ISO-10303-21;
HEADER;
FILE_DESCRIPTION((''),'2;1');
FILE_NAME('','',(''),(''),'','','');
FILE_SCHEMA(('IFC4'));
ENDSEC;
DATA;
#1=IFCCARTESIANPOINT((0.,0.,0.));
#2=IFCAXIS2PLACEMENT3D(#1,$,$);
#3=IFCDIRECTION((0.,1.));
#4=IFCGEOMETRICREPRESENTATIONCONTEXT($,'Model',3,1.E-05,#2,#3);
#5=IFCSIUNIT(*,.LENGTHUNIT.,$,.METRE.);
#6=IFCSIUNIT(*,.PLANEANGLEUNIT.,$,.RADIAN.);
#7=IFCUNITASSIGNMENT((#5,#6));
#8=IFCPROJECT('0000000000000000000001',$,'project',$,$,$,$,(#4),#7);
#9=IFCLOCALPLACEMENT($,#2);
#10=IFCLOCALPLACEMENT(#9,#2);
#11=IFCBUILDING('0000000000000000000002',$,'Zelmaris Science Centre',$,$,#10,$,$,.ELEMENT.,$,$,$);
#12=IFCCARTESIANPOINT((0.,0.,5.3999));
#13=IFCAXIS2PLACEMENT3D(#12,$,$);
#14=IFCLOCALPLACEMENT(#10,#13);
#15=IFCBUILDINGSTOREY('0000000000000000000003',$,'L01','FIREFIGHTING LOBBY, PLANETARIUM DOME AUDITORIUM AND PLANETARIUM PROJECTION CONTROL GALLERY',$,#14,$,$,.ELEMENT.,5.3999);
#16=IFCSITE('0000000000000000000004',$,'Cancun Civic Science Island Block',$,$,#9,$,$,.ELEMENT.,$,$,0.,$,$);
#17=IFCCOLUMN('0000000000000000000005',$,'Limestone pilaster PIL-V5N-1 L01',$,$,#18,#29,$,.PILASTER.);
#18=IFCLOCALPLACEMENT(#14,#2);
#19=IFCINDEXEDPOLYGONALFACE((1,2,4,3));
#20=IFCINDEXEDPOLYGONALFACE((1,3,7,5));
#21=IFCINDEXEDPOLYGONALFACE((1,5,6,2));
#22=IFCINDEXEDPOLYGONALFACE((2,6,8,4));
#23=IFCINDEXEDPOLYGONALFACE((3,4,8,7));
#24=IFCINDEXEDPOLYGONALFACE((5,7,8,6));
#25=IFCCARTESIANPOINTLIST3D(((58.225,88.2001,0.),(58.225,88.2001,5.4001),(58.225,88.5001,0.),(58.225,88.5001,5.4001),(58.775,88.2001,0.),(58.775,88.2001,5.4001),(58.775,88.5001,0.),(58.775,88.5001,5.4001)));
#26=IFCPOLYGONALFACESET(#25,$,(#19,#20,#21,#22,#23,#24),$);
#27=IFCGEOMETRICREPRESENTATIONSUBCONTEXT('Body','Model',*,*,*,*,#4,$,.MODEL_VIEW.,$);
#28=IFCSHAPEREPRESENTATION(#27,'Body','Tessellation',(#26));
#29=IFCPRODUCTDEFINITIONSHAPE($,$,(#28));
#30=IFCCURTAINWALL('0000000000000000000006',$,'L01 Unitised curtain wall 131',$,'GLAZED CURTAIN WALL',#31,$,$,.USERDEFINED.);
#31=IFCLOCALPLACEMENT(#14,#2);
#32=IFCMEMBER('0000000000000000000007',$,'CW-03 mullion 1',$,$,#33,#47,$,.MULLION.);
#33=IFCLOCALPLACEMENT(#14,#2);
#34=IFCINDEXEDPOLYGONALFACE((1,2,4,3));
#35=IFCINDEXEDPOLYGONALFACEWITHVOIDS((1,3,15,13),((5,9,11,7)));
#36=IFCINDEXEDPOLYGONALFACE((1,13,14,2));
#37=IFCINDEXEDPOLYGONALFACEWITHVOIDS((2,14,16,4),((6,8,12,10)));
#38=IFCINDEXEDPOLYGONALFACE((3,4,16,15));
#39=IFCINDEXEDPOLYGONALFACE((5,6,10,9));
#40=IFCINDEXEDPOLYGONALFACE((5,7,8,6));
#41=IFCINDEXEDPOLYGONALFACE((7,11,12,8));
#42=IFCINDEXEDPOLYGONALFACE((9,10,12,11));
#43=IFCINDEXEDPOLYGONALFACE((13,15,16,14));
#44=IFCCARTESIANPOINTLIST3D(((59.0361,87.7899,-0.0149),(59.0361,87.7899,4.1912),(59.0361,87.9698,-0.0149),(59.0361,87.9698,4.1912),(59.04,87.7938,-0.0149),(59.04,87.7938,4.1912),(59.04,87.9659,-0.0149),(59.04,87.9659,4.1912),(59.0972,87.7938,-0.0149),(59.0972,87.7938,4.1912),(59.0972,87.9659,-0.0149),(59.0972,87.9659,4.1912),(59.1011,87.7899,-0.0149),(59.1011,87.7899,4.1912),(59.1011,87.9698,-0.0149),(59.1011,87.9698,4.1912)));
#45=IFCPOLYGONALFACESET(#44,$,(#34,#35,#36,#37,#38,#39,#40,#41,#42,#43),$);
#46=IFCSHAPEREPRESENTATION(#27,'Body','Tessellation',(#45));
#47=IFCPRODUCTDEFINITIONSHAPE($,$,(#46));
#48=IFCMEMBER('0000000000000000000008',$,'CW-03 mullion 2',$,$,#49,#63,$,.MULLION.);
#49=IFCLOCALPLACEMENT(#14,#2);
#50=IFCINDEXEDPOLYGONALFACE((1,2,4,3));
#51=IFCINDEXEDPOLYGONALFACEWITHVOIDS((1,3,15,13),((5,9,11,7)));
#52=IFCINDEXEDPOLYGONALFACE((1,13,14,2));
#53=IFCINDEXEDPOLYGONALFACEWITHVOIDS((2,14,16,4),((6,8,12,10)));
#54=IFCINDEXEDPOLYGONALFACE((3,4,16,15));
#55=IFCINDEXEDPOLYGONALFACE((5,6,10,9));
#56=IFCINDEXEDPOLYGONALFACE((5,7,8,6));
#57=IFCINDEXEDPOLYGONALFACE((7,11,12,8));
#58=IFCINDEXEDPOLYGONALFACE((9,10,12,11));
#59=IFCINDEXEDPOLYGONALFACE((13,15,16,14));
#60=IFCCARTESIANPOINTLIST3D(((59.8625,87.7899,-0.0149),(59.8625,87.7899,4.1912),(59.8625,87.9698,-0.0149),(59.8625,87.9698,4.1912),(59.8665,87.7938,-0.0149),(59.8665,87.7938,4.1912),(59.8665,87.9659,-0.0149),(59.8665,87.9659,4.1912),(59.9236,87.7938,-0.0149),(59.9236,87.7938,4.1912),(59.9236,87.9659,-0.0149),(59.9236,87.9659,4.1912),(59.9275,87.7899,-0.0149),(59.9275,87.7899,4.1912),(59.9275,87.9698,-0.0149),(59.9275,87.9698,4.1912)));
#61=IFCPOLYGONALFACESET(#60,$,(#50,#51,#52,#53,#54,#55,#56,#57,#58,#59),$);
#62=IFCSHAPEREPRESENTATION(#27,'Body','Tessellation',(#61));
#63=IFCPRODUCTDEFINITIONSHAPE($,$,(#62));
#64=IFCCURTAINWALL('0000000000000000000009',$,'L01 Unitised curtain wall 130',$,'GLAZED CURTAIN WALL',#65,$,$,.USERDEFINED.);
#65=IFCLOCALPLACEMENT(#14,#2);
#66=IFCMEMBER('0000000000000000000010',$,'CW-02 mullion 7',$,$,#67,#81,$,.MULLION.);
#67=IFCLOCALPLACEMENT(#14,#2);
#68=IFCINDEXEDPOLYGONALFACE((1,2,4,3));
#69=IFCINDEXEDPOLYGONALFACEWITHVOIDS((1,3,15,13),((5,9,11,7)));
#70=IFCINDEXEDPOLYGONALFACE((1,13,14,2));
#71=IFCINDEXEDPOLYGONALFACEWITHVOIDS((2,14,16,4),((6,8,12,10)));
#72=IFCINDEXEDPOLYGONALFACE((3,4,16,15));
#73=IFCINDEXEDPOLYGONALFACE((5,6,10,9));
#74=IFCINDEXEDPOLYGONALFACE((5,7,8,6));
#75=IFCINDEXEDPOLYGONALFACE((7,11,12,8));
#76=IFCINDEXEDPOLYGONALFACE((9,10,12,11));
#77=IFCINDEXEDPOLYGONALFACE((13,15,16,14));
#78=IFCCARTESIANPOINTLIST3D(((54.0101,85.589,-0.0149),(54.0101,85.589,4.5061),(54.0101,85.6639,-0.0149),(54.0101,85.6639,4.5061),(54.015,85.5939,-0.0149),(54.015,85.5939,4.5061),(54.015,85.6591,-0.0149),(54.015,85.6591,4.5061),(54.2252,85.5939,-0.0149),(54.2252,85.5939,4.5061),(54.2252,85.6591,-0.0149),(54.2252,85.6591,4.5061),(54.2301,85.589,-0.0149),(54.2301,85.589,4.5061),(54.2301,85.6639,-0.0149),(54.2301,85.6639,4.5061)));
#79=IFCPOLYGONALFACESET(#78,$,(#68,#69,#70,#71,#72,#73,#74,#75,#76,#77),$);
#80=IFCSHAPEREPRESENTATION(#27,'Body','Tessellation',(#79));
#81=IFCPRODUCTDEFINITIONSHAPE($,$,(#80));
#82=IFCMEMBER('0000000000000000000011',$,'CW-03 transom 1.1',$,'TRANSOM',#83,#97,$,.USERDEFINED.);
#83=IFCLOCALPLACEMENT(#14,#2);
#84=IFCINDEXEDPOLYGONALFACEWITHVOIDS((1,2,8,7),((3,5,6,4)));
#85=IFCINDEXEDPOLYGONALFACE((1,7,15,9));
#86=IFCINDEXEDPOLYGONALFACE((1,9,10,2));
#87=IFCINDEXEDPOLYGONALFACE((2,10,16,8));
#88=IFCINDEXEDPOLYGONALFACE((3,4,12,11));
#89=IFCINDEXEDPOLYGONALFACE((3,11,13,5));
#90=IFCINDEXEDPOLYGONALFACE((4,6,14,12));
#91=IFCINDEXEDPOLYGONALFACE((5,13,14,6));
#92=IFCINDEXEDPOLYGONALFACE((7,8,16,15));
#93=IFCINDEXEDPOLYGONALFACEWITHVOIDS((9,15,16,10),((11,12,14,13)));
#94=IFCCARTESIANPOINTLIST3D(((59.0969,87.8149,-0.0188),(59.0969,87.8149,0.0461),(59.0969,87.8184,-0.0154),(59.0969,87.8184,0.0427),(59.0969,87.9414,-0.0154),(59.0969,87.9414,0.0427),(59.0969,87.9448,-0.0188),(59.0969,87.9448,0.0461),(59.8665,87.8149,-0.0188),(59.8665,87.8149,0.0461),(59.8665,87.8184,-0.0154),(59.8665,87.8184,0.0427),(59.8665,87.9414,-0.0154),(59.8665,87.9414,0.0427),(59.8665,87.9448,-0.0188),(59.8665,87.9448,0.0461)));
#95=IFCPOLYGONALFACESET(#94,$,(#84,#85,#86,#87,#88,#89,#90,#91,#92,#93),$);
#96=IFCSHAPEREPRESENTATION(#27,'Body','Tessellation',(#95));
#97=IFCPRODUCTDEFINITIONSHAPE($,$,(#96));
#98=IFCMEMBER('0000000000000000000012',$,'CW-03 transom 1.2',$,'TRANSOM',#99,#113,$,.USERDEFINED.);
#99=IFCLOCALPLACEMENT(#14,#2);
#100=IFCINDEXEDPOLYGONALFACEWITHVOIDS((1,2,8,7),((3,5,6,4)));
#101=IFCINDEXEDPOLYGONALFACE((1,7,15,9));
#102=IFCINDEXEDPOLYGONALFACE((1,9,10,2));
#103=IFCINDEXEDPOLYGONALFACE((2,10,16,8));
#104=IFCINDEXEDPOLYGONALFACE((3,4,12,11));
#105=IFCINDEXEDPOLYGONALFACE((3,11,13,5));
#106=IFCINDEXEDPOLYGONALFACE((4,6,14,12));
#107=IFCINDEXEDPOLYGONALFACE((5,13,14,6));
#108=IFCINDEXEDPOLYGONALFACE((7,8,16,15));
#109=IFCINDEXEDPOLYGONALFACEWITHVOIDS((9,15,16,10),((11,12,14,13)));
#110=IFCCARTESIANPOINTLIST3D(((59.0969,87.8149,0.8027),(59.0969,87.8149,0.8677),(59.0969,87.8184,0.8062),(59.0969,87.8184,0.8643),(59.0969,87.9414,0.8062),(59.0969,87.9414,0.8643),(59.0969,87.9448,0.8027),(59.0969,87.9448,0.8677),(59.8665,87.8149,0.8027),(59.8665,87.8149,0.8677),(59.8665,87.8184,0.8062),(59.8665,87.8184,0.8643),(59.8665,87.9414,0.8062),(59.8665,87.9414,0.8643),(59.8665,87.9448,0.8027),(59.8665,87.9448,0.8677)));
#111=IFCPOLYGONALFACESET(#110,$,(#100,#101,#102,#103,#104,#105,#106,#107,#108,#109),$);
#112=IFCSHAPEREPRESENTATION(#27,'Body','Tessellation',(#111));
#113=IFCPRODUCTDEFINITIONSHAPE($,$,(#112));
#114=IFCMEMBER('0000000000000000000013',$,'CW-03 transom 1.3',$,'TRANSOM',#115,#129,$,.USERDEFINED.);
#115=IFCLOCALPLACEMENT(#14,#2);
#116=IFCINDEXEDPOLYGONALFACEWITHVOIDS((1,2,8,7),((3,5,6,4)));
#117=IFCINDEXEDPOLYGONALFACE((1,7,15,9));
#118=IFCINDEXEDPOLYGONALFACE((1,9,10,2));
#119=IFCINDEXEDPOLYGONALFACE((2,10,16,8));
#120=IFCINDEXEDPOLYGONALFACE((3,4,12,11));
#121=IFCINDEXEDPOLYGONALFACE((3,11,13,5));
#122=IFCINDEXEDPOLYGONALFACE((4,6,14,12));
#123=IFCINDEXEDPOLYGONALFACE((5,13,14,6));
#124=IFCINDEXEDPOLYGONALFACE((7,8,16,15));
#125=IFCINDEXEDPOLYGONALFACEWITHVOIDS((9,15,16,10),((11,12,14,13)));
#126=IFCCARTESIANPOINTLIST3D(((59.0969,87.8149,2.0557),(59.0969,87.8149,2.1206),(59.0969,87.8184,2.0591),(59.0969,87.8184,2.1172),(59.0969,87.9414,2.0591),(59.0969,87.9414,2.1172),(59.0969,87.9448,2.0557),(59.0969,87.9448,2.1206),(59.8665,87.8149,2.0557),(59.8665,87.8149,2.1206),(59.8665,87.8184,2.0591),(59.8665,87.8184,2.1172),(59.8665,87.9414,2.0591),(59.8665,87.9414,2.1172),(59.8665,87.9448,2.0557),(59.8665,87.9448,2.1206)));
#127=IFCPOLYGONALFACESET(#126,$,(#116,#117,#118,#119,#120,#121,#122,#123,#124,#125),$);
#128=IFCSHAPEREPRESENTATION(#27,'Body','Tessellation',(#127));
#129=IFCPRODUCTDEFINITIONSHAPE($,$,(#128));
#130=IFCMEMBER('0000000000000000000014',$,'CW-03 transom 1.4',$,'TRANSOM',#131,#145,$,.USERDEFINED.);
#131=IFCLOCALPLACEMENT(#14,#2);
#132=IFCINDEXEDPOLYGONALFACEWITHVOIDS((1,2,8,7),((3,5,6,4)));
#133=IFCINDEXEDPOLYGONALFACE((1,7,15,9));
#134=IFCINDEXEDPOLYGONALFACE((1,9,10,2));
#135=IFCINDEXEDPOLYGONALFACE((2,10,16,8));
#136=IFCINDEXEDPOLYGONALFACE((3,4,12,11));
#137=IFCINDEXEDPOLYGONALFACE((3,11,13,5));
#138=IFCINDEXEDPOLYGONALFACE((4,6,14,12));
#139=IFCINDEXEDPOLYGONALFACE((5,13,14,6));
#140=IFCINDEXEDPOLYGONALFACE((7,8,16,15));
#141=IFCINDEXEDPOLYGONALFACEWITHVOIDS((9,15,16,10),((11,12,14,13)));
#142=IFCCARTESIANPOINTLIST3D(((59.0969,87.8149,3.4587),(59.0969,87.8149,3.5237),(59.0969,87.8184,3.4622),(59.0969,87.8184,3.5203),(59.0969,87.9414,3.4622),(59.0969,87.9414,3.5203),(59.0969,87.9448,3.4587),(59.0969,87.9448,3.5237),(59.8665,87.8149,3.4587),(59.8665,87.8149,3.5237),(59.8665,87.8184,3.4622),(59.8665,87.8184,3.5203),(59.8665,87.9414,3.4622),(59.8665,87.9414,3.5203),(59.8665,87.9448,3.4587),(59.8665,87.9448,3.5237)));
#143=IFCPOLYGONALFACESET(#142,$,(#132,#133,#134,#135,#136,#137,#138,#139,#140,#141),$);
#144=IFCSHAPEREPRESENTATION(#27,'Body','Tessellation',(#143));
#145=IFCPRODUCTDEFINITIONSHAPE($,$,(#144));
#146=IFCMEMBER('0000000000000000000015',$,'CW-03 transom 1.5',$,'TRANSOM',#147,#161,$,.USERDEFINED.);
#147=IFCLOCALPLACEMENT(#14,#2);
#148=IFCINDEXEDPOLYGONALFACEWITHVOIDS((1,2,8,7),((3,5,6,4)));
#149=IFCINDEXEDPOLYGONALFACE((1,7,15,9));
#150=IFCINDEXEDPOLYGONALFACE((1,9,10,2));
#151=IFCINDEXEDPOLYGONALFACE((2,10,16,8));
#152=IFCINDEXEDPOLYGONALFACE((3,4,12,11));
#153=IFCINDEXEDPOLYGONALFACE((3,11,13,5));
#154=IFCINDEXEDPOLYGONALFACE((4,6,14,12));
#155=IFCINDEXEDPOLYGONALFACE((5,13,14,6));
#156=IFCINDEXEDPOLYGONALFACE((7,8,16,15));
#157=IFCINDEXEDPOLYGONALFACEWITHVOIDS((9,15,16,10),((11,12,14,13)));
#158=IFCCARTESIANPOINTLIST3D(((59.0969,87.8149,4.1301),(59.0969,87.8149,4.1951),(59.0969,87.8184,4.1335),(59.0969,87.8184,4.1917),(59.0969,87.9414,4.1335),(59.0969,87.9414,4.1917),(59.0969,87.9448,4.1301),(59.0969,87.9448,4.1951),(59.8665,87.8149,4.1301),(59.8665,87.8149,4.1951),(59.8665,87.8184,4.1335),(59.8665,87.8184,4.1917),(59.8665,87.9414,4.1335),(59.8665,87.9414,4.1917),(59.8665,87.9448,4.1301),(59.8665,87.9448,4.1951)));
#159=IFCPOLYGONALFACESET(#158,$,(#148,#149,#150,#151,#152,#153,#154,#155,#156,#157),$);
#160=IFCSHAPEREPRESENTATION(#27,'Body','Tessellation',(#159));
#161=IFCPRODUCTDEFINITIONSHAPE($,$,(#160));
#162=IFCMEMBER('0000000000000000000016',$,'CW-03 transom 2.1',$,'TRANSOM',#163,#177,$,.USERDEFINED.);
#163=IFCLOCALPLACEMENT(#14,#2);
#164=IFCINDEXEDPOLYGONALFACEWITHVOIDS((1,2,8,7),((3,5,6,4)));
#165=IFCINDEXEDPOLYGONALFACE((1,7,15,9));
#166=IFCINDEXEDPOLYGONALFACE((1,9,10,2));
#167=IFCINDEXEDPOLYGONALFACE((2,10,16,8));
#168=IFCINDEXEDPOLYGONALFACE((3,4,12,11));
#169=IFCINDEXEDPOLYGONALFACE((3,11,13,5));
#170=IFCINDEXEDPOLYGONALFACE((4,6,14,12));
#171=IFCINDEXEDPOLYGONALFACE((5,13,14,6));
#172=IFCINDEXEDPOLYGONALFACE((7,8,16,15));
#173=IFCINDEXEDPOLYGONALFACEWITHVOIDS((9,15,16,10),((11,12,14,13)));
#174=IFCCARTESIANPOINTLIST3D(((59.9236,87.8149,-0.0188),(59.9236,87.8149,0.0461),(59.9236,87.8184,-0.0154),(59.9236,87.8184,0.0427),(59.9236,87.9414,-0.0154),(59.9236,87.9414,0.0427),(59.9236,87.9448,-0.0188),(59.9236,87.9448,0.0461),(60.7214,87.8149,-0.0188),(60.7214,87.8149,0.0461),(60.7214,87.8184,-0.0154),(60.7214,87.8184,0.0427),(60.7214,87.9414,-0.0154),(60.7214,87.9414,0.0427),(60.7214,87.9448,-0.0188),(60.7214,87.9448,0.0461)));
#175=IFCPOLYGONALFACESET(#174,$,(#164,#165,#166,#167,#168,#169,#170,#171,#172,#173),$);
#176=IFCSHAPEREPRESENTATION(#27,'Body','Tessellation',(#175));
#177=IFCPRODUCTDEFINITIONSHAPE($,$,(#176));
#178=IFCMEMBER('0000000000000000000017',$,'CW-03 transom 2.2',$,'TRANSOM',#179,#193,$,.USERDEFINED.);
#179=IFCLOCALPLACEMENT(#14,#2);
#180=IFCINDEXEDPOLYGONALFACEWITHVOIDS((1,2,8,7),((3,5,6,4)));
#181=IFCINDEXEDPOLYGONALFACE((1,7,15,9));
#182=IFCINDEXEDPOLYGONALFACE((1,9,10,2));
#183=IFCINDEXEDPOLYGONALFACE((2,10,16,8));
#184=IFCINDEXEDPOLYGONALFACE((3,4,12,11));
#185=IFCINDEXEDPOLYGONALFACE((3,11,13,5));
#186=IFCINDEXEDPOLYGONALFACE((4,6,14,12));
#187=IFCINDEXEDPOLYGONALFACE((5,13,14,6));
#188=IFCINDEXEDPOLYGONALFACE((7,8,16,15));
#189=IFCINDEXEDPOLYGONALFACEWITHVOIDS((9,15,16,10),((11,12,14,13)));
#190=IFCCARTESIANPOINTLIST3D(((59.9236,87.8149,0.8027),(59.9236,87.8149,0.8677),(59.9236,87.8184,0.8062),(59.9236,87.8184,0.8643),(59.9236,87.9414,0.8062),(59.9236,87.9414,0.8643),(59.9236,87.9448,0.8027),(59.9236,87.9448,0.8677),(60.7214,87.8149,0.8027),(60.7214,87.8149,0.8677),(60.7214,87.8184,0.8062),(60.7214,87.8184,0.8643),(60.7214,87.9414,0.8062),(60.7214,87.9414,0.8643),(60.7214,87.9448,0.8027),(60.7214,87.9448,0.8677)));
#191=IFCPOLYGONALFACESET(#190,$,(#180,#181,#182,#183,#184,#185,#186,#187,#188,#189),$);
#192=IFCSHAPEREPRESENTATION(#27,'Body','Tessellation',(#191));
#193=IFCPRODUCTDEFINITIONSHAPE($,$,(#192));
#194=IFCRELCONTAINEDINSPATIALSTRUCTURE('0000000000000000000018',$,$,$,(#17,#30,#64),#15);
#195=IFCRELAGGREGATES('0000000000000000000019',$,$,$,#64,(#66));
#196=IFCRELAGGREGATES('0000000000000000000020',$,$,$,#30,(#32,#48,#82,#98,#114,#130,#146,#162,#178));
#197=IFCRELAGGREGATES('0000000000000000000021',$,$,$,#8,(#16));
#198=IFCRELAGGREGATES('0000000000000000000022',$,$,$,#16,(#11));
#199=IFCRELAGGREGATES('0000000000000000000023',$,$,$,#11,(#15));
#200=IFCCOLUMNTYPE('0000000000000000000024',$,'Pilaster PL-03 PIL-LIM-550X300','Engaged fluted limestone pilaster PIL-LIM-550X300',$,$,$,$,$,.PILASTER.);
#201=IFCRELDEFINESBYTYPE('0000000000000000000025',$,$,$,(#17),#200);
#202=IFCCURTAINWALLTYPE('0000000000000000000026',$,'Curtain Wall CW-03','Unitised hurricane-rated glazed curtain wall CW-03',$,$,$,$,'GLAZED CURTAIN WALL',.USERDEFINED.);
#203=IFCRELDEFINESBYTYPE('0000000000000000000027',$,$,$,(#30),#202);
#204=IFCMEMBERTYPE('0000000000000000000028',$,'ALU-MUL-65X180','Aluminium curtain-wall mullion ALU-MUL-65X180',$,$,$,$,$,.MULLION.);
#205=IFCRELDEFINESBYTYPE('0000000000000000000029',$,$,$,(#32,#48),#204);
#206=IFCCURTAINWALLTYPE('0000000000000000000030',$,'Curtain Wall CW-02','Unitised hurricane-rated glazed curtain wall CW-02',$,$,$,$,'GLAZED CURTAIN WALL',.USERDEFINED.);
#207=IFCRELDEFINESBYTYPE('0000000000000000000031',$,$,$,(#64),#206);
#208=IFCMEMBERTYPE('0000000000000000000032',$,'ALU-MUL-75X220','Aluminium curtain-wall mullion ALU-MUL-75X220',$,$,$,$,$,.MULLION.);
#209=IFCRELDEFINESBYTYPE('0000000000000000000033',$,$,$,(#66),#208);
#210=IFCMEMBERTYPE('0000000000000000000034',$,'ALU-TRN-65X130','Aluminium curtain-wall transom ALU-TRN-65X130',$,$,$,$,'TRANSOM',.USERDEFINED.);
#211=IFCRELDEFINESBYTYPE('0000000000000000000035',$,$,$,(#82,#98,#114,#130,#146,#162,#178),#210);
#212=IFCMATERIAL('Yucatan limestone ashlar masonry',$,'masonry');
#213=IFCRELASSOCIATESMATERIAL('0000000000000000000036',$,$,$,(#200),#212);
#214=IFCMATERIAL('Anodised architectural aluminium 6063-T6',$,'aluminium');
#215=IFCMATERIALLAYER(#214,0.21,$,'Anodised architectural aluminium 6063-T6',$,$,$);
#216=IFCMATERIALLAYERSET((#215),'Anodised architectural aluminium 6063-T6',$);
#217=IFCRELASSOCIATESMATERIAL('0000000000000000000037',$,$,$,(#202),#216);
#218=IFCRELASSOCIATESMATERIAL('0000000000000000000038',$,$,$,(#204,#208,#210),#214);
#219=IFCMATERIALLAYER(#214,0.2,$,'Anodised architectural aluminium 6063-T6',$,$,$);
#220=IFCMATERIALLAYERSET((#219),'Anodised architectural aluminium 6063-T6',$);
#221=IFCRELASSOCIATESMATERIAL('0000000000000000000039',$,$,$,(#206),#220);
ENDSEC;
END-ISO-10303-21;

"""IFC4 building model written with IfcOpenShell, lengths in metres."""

from ifc_helpers import new_model, si_unit, direction, frame, origin, origin_2d, place, context, subcontext, project, spatial, rectangle, hollow_rectangle, extrude, material, layer, layer_set, material_profile, profile_set, type_object, element, aggregate, save


model = new_model("IFC4")

# Units and contexts
model_context = context("Model", 3, precision=1e-05, world=origin(), true_north=direction((0.0, 1.0)))
body_context = subcontext(model_context, "Body", "Model", "MODEL_VIEW")
ifc_project = project(units=[si_unit("LENGTHUNIT", "METRE"), si_unit("PLANEANGLEUNIT", "RADIAN")], contexts=[model_context])

# Site, building, storey
site_placement = place(None, origin())
site = spatial("IfcSite", under=ifc_project, at=site_placement, Name="Cancun Civic Science Island Block", CompositionType="ELEMENT", RefElevation=0.0)
building_placement = place(site_placement, origin())
building = spatial("IfcBuilding", under=site, at=building_placement, Name="Zelmaris Science Centre", CompositionType="ELEMENT")
storey_placement = place(building_placement, frame((0.0, 0.0, 5.3999)))
storey = spatial("IfcBuildingStorey", under=building, at=storey_placement, Name="L01", Description="FIREFIGHTING LOBBY, PLANETARIUM DOME AUDITORIUM AND PLANETARIUM PROJECTION CONTROL GALLERY", CompositionType="ELEMENT", Elevation=5.3999)

# Column
ifc_material_1 = material(Name="Yucatan limestone ashlar masonry", Category="masonry")
ifc_material_profile_1 = material_profile(ifc_material_1, rectangle(XDim=0.55, YDim=0.3, at=origin_2d()), Name="PIL-LIM-550X300")
ifc_profile_set_1 = profile_set([ifc_material_profile_1], Name="Yucatan limestone ashlar masonry")
column_type = type_object("IfcColumnType", Name="Pilaster PL-03 PIL-LIM-550X300", Description="Engaged fluted limestone pilaster PIL-LIM-550X300", PredefinedType="PILASTER", material=ifc_profile_set_1)
column_placement = place(storey_placement, frame((58.5, 88.3501, 0.0), z_axis=(0.0, 0.0, 1.0), x_axis=(1.0, 0.0, 0.0)))
element("IfcColumn", 1, at=column_placement, inside=storey, type_object=column_type, Name="Limestone pilaster PIL-V5N-1 L01", PredefinedType="PILASTER", context=body_context, shape_type="SweptSolid", body=[
    extrude(rectangle(XDim=0.55, YDim=0.3, at=origin_2d()), origin(), (0.0, 0.0, 1.0), 5.4001),
])

# Curtain wall, members
ifc_material_2 = material(Name="Anodised architectural aluminium 6063-T6", Category="aluminium")
ifc_layer_1 = layer(ifc_material_2, 0.21, Name="Anodised architectural aluminium 6063-T6")
ifc_layer_set_1 = layer_set([ifc_layer_1], Name="Anodised architectural aluminium 6063-T6")
curtain_wall_type_1 = type_object("IfcCurtainWallType", Name="Curtain Wall CW-03", Description="Unitised hurricane-rated glazed curtain wall CW-03", ElementType="GLAZED CURTAIN WALL", PredefinedType="USERDEFINED", material=ifc_layer_set_1)
curtain_wall_1_placement = place(storey_placement, origin())
curtain_wall_1 = element("IfcCurtainWall", 2, at=curtain_wall_1_placement, inside=storey, type_object=curtain_wall_type_1, Name="L01 Unitised curtain wall 131", ObjectType="GLAZED CURTAIN WALL", PredefinedType="USERDEFINED")
ifc_material_profile_2 = material_profile(ifc_material_2, hollow_rectangle(XDim=0.0649, YDim=0.1799, WallThickness=0.0039, at=origin_2d()), Name="ALU-MUL-65X180")
ifc_profile_set_2 = profile_set([ifc_material_profile_2], Name="Anodised architectural aluminium 6063-T6")
member_type_1 = type_object("IfcMemberType", Name="ALU-MUL-65X180", Description="Aluminium curtain-wall mullion ALU-MUL-65X180", PredefinedType="MULLION", material=ifc_profile_set_2)
member_1_placement = place(storey_placement, frame((59.0686, 87.8799, -0.0149), z_axis=(0.0, 0.0, 1.0), x_axis=(1.0, 0.0, 0.0)))
member_1 = element("IfcMember", 3, at=member_1_placement, type_object=member_type_1, Name="CW-03 mullion 1", PredefinedType="MULLION", context=body_context, shape_type="SweptSolid", body=[
    extrude(hollow_rectangle(XDim=0.0649, YDim=0.1799, WallThickness=0.0039, at=origin_2d()), origin(), (0.0, 0.0, 1.0), 4.2061),
])
member_2_placement = place(storey_placement, frame((59.895, 87.8799, -0.0149), z_axis=(0.0, 0.0, 1.0), x_axis=(1.0, 0.0, 0.0)))
member_2 = element("IfcMember", 4, at=member_2_placement, type_object=member_type_1, Name="CW-03 mullion 2", PredefinedType="MULLION", context=body_context, shape_type="SweptSolid", body=[
    extrude(hollow_rectangle(XDim=0.0649, YDim=0.1799, WallThickness=0.0039, at=origin_2d()), origin(), (0.0, 0.0, 1.0), 4.2061),
])

# Curtain wall, member
ifc_layer_2 = layer(ifc_material_2, 0.2, Name="Anodised architectural aluminium 6063-T6")
ifc_layer_set_2 = layer_set([ifc_layer_2], Name="Anodised architectural aluminium 6063-T6")
curtain_wall_type_2 = type_object("IfcCurtainWallType", Name="Curtain Wall CW-02", Description="Unitised hurricane-rated glazed curtain wall CW-02", ElementType="GLAZED CURTAIN WALL", PredefinedType="USERDEFINED", material=ifc_layer_set_2)
curtain_wall_2_placement = place(storey_placement, origin())
curtain_wall_2 = element("IfcCurtainWall", 5, at=curtain_wall_2_placement, inside=storey, type_object=curtain_wall_type_2, Name="L01 Unitised curtain wall 130", ObjectType="GLAZED CURTAIN WALL", PredefinedType="USERDEFINED")
ifc_material_profile_3 = material_profile(ifc_material_2, hollow_rectangle(XDim=0.075, YDim=0.22, WallThickness=0.0049, at=origin_2d()), Name="ALU-MUL-75X220")
ifc_profile_set_3 = profile_set([ifc_material_profile_3], Name="Anodised architectural aluminium 6063-T6")
member_type_2 = type_object("IfcMemberType", Name="ALU-MUL-75X220", Description="Aluminium curtain-wall mullion ALU-MUL-75X220", PredefinedType="MULLION", material=ifc_profile_set_3)
member_3_placement = place(storey_placement, frame((54.1201, 85.6265, -0.0149), z_axis=(0.0, 0.0, 1.0), x_axis=(0.000007, 1.0, 0.0)))
member_3 = element("IfcMember", 6, at=member_3_placement, type_object=member_type_2, Name="CW-02 mullion 7", PredefinedType="MULLION", context=body_context, shape_type="SweptSolid", body=[
    extrude(hollow_rectangle(XDim=0.075, YDim=0.22, WallThickness=0.0049, at=origin_2d()), origin(), (0.0, 0.0, 1.0), 4.521),
])

# Members
ifc_material_profile_4 = material_profile(ifc_material_2, hollow_rectangle(XDim=0.0649, YDim=0.1299, WallThickness=0.0034, at=origin_2d()), Name="ALU-TRN-65X130")
ifc_profile_set_4 = profile_set([ifc_material_profile_4], Name="Anodised architectural aluminium 6063-T6")
member_type_3 = type_object("IfcMemberType", Name="ALU-TRN-65X130", Description="Aluminium curtain-wall transom ALU-TRN-65X130", ElementType="TRANSOM", PredefinedType="USERDEFINED", material=ifc_profile_set_4)
member_4_placement = place(storey_placement, frame((59.0969, 87.8799, 0.0137), z_axis=(1.0, 0.0, 0.0), x_axis=(0.0, 0.0, 1.0)))
member_4 = element("IfcMember", 7, at=member_4_placement, type_object=member_type_3, Name="CW-03 transom 1.1", ObjectType="TRANSOM", PredefinedType="USERDEFINED", context=body_context, shape_type="SweptSolid", body=[
    extrude(hollow_rectangle(XDim=0.0649, YDim=0.1299, WallThickness=0.0034, at=origin_2d()), origin(), (0.0, 0.0, 1.0), 0.7695),
])
member_5_placement = place(storey_placement, frame((59.0969, 87.8799, 0.8352), z_axis=(1.0, 0.0, 0.0), x_axis=(0.0, 0.0, 1.0)))
member_5 = element("IfcMember", 8, at=member_5_placement, type_object=member_type_3, Name="CW-03 transom 1.2", ObjectType="TRANSOM", PredefinedType="USERDEFINED", context=body_context, shape_type="SweptSolid", body=[
    extrude(hollow_rectangle(XDim=0.0649, YDim=0.1299, WallThickness=0.0034, at=origin_2d()), origin(), (0.0, 0.0, 1.0), 0.7695),
])
member_6_placement = place(storey_placement, frame((59.0969, 87.8799, 2.0881), z_axis=(1.0, 0.0, 0.0), x_axis=(0.0, 0.0, 1.0)))
member_6 = element("IfcMember", 9, at=member_6_placement, type_object=member_type_3, Name="CW-03 transom 1.3", ObjectType="TRANSOM", PredefinedType="USERDEFINED", context=body_context, shape_type="SweptSolid", body=[
    extrude(hollow_rectangle(XDim=0.0649, YDim=0.1299, WallThickness=0.0034, at=origin_2d()), origin(), (0.0, 0.0, 1.0), 0.7695),
])
member_7_placement = place(storey_placement, frame((59.0969, 87.8799, 3.4912), z_axis=(1.0, 0.0, 0.0), x_axis=(0.0, 0.0, 1.0)))
member_7 = element("IfcMember", 10, at=member_7_placement, type_object=member_type_3, Name="CW-03 transom 1.4", ObjectType="TRANSOM", PredefinedType="USERDEFINED", context=body_context, shape_type="SweptSolid", body=[
    extrude(hollow_rectangle(XDim=0.0649, YDim=0.1299, WallThickness=0.0034, at=origin_2d()), origin(), (0.0, 0.0, 1.0), 0.7695),
])
member_8_placement = place(storey_placement, frame((59.0969, 87.8799, 4.1626), z_axis=(1.0, 0.0, 0.0), x_axis=(0.0, 0.0, 1.0)))
member_8 = element("IfcMember", 11, at=member_8_placement, type_object=member_type_3, Name="CW-03 transom 1.5", ObjectType="TRANSOM", PredefinedType="USERDEFINED", context=body_context, shape_type="SweptSolid", body=[
    extrude(hollow_rectangle(XDim=0.0649, YDim=0.1299, WallThickness=0.0034, at=origin_2d()), origin(), (0.0, 0.0, 1.0), 0.7695),
])
member_9_placement = place(storey_placement, frame((59.9236, 87.8799, 0.0137), z_axis=(1.0, 0.0, 0.0), x_axis=(0.0, 0.0, 1.0)))
member_9 = element("IfcMember", 12, at=member_9_placement, type_object=member_type_3, Name="CW-03 transom 2.1", ObjectType="TRANSOM", PredefinedType="USERDEFINED", context=body_context, shape_type="SweptSolid", body=[
    extrude(hollow_rectangle(XDim=0.0649, YDim=0.1299, WallThickness=0.0034, at=origin_2d()), origin(), (0.0, 0.0, 1.0), 0.7979),
])
member_10_placement = place(storey_placement, frame((59.9236, 87.8799, 0.8352), z_axis=(1.0, 0.0, 0.0), x_axis=(0.0, 0.0, 1.0)))
member_10 = element("IfcMember", 13, at=member_10_placement, type_object=member_type_3, Name="CW-03 transom 2.2", ObjectType="TRANSOM", PredefinedType="USERDEFINED", context=body_context, shape_type="SweptSolid", body=[
    extrude(hollow_rectangle(XDim=0.0649, YDim=0.1299, WallThickness=0.0034, at=origin_2d()), origin(), (0.0, 0.0, 1.0), 0.7979),
])

aggregate(curtain_wall_2, [member_3])
aggregate(curtain_wall_1, [member_1, member_2, member_4, member_5, member_6, member_7, member_8, member_9, member_10])

save(model, "model.ifc")
